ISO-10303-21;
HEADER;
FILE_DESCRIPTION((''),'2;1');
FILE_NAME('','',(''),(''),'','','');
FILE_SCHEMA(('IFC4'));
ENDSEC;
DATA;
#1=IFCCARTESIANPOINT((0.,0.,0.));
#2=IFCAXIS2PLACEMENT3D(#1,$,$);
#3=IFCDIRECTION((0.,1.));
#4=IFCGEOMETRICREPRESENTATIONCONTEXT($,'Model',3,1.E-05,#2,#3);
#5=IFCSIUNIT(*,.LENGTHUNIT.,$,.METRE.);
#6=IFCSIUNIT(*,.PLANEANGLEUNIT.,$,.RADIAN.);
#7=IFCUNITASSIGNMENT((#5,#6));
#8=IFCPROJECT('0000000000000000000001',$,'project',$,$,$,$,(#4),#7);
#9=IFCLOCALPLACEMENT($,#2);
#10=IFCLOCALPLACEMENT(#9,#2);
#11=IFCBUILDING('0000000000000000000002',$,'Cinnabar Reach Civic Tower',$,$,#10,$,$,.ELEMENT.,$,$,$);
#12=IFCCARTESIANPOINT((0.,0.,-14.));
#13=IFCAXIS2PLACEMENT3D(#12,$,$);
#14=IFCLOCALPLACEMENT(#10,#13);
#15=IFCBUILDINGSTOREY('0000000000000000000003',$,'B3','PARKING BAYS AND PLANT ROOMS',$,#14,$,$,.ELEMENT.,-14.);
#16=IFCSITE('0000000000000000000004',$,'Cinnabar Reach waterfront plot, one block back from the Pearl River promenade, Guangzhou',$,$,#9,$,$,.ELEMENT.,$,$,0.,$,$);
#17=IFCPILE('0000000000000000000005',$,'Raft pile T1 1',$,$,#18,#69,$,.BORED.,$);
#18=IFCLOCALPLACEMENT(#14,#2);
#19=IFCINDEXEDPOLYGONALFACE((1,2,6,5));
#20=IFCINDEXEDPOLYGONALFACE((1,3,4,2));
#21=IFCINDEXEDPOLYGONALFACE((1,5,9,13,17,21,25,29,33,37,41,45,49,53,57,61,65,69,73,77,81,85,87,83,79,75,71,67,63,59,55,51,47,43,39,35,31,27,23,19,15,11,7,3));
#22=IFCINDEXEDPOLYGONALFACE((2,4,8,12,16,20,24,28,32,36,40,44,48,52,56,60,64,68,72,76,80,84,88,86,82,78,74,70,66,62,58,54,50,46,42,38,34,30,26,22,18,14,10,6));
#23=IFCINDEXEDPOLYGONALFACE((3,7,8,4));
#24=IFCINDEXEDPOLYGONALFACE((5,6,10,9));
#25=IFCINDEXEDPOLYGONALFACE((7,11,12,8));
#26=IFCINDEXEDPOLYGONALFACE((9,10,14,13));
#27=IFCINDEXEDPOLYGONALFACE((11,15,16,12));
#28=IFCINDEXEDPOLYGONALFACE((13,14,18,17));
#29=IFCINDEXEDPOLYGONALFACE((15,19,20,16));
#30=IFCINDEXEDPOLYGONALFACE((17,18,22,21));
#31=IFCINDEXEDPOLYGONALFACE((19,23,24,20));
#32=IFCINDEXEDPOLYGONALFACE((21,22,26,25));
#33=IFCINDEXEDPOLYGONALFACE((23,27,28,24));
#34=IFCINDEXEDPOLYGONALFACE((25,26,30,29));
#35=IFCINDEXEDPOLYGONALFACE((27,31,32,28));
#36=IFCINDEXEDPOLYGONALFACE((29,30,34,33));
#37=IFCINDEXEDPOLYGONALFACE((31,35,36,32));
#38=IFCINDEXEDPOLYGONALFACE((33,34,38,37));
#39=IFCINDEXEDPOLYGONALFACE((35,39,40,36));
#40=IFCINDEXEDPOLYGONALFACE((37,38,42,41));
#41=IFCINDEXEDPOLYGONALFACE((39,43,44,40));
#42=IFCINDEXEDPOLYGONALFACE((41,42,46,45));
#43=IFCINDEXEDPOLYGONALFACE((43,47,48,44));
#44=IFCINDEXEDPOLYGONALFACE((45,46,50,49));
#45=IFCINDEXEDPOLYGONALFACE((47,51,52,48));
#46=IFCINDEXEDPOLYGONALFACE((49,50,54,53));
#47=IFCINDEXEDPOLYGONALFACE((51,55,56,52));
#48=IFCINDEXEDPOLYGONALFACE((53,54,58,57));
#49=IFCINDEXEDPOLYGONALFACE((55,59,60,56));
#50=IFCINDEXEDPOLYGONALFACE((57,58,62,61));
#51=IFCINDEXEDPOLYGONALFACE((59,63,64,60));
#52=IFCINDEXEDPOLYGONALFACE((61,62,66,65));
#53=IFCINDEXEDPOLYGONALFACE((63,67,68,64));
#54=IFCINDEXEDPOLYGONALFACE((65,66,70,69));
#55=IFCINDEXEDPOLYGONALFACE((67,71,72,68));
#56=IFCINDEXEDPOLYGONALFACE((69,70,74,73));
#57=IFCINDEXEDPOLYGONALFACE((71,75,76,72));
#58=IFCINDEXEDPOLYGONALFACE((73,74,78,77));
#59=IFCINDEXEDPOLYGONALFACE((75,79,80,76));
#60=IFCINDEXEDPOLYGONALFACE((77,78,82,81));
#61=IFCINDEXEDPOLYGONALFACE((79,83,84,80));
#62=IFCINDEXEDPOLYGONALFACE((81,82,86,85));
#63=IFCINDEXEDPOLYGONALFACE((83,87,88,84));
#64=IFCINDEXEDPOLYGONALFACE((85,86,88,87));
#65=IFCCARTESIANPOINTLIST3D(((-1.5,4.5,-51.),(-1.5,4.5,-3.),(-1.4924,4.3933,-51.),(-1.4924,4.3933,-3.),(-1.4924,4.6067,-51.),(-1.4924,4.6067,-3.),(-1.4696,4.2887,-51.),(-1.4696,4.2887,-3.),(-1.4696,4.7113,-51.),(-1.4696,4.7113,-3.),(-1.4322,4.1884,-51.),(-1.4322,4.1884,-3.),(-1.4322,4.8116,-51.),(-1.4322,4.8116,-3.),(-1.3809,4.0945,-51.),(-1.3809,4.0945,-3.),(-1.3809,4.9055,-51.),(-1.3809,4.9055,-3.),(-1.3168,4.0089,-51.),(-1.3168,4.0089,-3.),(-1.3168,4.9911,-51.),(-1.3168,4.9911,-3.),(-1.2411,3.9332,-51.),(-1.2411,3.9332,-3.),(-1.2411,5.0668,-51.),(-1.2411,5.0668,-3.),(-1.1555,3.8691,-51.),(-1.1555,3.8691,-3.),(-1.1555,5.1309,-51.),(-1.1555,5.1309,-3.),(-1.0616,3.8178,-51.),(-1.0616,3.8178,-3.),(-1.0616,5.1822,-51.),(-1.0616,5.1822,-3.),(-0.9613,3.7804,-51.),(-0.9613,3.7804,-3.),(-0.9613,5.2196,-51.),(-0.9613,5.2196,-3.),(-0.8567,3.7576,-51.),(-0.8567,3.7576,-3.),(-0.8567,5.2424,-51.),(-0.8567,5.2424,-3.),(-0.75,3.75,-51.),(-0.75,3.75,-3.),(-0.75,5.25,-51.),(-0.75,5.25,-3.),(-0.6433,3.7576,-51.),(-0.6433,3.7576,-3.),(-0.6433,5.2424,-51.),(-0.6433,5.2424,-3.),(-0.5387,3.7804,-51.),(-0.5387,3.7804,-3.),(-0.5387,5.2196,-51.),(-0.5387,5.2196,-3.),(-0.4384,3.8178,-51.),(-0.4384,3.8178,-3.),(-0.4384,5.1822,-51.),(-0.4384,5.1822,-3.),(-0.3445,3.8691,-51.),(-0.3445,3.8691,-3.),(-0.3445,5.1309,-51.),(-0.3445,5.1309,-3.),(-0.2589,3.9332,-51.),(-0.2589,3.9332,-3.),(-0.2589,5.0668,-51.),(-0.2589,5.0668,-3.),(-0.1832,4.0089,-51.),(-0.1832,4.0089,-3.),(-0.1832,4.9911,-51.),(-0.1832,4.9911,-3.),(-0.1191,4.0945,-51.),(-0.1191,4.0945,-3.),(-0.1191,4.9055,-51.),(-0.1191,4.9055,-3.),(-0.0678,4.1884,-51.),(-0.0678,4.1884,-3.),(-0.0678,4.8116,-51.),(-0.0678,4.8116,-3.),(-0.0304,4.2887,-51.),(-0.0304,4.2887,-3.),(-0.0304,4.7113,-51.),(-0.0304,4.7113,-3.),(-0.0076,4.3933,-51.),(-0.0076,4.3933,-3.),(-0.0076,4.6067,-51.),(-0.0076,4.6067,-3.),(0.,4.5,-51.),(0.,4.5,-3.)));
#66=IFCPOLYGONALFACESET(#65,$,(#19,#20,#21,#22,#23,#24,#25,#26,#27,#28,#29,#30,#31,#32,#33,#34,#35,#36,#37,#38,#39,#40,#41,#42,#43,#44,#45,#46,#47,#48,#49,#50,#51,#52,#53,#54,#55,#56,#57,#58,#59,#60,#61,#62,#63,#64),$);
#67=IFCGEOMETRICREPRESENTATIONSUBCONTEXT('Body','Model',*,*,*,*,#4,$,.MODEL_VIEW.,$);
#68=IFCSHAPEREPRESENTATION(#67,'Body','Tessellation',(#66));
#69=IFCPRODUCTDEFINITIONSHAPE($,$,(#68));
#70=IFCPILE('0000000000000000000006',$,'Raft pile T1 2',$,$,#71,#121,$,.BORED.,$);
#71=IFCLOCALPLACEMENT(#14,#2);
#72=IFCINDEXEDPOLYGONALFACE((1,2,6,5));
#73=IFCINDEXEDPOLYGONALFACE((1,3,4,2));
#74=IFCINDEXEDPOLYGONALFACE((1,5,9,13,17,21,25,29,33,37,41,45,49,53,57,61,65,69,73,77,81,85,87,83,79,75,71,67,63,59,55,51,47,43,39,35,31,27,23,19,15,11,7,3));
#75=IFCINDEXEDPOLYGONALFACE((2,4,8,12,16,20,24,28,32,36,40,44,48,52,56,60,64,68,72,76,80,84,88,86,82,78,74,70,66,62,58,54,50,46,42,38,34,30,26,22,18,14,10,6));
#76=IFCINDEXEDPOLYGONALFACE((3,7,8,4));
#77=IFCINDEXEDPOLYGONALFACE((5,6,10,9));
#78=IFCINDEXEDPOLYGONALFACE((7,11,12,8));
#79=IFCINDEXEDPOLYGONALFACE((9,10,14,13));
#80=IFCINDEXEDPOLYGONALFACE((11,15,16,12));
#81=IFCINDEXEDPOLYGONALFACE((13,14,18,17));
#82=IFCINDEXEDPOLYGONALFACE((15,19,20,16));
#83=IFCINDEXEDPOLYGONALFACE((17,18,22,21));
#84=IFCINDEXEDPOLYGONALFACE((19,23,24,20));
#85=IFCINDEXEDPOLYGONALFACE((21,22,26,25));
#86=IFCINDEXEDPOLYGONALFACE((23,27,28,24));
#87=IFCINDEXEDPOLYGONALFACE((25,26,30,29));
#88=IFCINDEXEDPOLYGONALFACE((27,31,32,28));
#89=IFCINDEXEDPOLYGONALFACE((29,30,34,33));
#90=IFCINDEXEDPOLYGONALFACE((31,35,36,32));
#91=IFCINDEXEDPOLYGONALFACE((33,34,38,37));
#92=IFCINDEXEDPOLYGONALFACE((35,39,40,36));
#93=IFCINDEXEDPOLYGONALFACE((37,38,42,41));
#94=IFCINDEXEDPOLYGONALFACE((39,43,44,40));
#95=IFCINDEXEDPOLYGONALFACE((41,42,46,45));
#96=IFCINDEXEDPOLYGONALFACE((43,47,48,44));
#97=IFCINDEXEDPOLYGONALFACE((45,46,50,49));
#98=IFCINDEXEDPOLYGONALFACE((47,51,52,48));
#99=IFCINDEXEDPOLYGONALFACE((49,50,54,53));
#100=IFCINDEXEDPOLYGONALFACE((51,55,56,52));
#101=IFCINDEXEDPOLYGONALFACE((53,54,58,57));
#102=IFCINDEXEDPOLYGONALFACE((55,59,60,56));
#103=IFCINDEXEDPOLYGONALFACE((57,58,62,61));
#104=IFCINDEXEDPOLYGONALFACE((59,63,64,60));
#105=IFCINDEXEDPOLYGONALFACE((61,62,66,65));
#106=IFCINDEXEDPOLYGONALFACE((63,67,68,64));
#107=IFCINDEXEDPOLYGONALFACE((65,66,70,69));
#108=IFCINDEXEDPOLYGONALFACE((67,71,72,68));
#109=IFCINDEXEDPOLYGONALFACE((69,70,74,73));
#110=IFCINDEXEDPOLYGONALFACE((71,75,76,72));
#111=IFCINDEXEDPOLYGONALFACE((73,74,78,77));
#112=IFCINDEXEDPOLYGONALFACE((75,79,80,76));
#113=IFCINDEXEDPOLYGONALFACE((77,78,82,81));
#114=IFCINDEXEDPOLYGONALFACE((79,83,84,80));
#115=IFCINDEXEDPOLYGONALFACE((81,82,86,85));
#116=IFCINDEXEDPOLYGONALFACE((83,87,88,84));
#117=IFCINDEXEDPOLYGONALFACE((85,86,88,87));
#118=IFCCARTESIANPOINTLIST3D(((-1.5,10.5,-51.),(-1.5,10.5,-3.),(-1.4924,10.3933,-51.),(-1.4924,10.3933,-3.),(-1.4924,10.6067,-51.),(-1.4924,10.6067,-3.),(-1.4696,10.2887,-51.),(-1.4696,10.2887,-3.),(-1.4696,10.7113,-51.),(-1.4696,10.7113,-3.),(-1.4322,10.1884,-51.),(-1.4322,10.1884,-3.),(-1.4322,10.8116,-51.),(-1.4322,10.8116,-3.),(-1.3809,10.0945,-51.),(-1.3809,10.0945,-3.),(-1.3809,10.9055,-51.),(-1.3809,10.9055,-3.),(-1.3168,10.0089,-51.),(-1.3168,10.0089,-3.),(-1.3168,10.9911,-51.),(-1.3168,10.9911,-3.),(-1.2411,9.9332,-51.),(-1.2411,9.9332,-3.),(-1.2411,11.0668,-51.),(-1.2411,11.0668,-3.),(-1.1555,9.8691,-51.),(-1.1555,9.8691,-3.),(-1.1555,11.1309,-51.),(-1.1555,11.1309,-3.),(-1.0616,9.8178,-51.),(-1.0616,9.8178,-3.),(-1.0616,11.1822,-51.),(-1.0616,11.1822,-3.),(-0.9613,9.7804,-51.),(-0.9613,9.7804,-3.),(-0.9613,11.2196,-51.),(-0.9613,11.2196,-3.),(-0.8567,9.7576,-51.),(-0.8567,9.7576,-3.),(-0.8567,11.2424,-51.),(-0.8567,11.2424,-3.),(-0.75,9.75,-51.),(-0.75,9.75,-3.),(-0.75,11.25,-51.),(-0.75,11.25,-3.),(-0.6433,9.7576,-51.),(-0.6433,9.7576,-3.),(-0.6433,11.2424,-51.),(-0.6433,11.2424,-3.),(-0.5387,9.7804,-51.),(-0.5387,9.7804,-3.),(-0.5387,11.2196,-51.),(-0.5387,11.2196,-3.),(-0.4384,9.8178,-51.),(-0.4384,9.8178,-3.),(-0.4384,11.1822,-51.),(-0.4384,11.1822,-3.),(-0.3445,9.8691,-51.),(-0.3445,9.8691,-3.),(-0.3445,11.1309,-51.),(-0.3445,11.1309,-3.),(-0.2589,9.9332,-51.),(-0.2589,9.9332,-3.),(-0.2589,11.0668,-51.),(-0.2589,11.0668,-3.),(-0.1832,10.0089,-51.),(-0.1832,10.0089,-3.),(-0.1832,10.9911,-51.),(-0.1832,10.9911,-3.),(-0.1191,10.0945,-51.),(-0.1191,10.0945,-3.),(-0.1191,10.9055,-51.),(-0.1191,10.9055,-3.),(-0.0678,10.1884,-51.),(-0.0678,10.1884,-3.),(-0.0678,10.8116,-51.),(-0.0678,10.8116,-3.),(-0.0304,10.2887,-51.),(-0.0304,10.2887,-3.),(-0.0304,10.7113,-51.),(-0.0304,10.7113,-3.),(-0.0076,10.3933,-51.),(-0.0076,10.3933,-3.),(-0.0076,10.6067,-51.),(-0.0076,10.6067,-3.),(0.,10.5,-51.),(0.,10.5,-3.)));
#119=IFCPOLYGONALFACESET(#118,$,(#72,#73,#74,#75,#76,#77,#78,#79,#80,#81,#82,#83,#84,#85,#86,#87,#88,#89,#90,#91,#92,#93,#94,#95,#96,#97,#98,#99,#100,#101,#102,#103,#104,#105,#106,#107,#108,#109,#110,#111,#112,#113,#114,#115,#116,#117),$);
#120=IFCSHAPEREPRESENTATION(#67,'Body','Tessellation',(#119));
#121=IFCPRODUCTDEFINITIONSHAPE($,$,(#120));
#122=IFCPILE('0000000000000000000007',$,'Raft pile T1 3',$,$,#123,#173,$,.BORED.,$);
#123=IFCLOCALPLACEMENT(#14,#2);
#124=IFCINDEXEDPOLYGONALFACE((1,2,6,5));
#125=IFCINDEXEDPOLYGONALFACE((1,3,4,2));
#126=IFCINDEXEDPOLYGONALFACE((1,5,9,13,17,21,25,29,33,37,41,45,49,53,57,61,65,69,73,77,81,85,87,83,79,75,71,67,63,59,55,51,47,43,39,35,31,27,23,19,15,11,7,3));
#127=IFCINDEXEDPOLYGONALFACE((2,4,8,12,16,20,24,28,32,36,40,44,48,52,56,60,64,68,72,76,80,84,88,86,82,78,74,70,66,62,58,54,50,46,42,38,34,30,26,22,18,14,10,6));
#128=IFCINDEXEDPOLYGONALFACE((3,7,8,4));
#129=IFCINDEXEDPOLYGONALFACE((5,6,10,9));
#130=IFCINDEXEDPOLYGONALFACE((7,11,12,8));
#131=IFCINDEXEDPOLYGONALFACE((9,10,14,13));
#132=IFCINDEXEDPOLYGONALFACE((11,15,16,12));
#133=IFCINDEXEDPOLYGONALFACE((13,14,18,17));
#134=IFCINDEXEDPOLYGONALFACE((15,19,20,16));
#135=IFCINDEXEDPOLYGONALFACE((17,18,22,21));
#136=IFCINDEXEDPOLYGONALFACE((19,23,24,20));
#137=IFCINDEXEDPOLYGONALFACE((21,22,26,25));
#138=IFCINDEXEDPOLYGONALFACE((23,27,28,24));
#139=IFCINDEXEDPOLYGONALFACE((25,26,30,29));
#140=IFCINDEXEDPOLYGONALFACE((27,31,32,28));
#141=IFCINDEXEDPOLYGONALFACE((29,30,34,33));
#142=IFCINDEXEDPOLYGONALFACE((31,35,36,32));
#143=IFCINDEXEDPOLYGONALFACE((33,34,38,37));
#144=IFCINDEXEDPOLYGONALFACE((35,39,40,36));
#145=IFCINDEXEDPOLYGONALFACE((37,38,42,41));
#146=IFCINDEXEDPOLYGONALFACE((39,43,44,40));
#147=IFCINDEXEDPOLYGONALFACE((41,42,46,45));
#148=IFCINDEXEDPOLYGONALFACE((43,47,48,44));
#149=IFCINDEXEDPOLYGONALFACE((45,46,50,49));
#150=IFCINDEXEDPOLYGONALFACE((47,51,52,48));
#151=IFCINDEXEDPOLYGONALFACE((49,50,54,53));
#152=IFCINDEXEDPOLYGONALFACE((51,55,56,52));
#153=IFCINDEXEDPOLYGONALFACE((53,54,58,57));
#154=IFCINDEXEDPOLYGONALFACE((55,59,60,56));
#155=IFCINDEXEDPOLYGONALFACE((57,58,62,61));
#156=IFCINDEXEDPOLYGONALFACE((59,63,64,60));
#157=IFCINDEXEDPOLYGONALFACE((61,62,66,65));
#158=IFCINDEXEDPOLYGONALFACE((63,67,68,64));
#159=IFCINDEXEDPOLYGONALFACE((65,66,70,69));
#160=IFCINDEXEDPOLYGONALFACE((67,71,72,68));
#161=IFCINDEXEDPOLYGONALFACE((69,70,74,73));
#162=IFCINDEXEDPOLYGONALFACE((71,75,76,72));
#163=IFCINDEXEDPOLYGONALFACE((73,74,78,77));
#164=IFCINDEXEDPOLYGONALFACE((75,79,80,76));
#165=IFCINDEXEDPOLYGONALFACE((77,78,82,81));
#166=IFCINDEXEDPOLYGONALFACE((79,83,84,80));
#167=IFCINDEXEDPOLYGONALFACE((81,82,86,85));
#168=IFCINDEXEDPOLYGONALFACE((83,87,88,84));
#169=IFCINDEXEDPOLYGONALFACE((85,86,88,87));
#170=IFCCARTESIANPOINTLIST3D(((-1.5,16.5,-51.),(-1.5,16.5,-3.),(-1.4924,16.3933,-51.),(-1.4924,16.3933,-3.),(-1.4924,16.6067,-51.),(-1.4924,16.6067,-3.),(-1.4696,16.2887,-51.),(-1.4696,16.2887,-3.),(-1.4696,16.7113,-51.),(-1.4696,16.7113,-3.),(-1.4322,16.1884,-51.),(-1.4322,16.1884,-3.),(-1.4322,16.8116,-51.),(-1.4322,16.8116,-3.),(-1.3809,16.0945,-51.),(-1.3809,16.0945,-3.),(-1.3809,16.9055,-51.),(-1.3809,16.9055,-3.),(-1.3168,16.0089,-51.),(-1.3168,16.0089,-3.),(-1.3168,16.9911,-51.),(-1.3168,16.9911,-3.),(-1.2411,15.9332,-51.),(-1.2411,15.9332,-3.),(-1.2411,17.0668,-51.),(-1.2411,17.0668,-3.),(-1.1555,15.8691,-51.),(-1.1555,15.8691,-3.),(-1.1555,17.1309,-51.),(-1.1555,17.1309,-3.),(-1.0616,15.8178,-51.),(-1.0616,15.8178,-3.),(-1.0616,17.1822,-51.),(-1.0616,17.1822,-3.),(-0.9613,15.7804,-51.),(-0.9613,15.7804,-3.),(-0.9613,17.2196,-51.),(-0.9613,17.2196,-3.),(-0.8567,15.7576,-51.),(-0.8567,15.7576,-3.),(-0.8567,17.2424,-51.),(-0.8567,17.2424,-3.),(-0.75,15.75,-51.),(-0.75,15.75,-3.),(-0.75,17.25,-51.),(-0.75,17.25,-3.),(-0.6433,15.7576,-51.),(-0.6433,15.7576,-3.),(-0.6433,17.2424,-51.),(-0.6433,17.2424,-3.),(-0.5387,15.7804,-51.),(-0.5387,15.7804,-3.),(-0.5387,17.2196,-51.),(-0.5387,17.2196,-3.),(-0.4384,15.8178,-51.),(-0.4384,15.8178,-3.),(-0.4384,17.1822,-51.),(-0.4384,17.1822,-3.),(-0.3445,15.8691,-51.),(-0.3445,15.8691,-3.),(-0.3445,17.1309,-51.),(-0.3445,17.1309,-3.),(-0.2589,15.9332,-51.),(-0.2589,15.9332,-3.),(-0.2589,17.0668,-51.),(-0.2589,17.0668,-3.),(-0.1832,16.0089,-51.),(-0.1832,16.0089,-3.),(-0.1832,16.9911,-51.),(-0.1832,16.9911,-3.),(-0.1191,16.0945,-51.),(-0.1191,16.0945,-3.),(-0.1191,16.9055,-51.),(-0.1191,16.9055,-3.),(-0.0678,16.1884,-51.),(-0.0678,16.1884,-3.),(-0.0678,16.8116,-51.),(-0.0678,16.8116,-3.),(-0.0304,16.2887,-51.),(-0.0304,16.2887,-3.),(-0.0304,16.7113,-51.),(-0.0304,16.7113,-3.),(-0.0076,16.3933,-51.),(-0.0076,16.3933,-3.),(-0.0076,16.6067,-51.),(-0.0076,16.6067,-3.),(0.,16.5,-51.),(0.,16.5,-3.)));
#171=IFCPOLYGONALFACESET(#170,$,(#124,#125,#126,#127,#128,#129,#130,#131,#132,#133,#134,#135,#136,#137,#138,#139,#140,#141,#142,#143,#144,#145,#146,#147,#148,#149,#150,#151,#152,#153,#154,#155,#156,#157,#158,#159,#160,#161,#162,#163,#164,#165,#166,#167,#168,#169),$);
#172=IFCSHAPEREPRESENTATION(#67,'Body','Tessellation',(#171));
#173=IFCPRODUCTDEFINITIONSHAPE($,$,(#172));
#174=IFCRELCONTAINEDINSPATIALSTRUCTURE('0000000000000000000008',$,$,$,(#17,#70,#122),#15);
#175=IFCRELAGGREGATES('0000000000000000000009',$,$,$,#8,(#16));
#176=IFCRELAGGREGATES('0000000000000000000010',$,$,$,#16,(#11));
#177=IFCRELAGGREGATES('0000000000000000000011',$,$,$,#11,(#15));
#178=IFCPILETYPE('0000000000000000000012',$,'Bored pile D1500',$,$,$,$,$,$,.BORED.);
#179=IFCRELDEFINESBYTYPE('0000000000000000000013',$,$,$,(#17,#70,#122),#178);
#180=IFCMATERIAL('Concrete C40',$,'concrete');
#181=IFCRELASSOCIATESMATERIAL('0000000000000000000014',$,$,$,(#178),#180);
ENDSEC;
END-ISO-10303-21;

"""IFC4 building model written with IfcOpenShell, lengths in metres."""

from ifc_helpers import new_model, si_unit, direction, frame, origin, origin_2d, place, context, subcontext, project, spatial, circle, extrude, material, type_object, element, save


model = new_model("IFC4")

# Units and contexts
model_context = context("Model", 3, precision=1e-05, world=origin(), true_north=direction((0.0, 1.0)))
body_context = subcontext(model_context, "Body", "Model", "MODEL_VIEW")
ifc_project = project(units=[si_unit("LENGTHUNIT", "METRE"), si_unit("PLANEANGLEUNIT", "RADIAN")], contexts=[model_context])

# Site, building, storey
site_placement = place(None, origin())
site = spatial("IfcSite", under=ifc_project, at=site_placement, Name="Cinnabar Reach waterfront plot, one block back from the Pearl River promenade, Guangzhou", CompositionType="ELEMENT", RefElevation=0.0)
building_placement = place(site_placement, origin())
building = spatial("IfcBuilding", under=site, at=building_placement, Name="Cinnabar Reach Civic Tower", CompositionType="ELEMENT")
storey_placement = place(building_placement, frame((0.0, 0.0, -14.0)))
storey = spatial("IfcBuildingStorey", under=building, at=storey_placement, Name="B3", Description="PARKING BAYS AND PLANT ROOMS", CompositionType="ELEMENT", Elevation=-14.0)

# Piles
ifc_material_1 = material(Name="Concrete C40", Category="concrete")
pile_type_1 = type_object("IfcPileType", Name="Bored pile D1500", PredefinedType="BORED", material=ifc_material_1)
for number, where, z_axis, x_axis, name in (
    (1, (-0.75, 4.5, -3.0), (0.0, 0.0, -1.0), (1.0, 0.0, 0.0), "Raft pile T1 1"),
    (2, (-0.75, 10.5, -3.0), (0.0, 0.0, -1.0), (1.0, 0.0, 0.0), "Raft pile T1 2"),
    (3, (-0.75, 16.5, -3.0), (0.0, 0.0, -1.0), (1.0, 0.0, 0.0), "Raft pile T1 3"),
):
    element("IfcPile", number, at=place(storey_placement, frame(where, z_axis=z_axis, x_axis=x_axis)), inside=storey, type_object=pile_type_1, Name=name, PredefinedType="BORED", context=body_context, shape_type="SweptSolid", body=[
        extrude(circle(Radius=0.75, at=origin_2d()), origin(), (0.0, 0.0, 1.0), 48.0),
    ])

save(model, "model.ifc")
